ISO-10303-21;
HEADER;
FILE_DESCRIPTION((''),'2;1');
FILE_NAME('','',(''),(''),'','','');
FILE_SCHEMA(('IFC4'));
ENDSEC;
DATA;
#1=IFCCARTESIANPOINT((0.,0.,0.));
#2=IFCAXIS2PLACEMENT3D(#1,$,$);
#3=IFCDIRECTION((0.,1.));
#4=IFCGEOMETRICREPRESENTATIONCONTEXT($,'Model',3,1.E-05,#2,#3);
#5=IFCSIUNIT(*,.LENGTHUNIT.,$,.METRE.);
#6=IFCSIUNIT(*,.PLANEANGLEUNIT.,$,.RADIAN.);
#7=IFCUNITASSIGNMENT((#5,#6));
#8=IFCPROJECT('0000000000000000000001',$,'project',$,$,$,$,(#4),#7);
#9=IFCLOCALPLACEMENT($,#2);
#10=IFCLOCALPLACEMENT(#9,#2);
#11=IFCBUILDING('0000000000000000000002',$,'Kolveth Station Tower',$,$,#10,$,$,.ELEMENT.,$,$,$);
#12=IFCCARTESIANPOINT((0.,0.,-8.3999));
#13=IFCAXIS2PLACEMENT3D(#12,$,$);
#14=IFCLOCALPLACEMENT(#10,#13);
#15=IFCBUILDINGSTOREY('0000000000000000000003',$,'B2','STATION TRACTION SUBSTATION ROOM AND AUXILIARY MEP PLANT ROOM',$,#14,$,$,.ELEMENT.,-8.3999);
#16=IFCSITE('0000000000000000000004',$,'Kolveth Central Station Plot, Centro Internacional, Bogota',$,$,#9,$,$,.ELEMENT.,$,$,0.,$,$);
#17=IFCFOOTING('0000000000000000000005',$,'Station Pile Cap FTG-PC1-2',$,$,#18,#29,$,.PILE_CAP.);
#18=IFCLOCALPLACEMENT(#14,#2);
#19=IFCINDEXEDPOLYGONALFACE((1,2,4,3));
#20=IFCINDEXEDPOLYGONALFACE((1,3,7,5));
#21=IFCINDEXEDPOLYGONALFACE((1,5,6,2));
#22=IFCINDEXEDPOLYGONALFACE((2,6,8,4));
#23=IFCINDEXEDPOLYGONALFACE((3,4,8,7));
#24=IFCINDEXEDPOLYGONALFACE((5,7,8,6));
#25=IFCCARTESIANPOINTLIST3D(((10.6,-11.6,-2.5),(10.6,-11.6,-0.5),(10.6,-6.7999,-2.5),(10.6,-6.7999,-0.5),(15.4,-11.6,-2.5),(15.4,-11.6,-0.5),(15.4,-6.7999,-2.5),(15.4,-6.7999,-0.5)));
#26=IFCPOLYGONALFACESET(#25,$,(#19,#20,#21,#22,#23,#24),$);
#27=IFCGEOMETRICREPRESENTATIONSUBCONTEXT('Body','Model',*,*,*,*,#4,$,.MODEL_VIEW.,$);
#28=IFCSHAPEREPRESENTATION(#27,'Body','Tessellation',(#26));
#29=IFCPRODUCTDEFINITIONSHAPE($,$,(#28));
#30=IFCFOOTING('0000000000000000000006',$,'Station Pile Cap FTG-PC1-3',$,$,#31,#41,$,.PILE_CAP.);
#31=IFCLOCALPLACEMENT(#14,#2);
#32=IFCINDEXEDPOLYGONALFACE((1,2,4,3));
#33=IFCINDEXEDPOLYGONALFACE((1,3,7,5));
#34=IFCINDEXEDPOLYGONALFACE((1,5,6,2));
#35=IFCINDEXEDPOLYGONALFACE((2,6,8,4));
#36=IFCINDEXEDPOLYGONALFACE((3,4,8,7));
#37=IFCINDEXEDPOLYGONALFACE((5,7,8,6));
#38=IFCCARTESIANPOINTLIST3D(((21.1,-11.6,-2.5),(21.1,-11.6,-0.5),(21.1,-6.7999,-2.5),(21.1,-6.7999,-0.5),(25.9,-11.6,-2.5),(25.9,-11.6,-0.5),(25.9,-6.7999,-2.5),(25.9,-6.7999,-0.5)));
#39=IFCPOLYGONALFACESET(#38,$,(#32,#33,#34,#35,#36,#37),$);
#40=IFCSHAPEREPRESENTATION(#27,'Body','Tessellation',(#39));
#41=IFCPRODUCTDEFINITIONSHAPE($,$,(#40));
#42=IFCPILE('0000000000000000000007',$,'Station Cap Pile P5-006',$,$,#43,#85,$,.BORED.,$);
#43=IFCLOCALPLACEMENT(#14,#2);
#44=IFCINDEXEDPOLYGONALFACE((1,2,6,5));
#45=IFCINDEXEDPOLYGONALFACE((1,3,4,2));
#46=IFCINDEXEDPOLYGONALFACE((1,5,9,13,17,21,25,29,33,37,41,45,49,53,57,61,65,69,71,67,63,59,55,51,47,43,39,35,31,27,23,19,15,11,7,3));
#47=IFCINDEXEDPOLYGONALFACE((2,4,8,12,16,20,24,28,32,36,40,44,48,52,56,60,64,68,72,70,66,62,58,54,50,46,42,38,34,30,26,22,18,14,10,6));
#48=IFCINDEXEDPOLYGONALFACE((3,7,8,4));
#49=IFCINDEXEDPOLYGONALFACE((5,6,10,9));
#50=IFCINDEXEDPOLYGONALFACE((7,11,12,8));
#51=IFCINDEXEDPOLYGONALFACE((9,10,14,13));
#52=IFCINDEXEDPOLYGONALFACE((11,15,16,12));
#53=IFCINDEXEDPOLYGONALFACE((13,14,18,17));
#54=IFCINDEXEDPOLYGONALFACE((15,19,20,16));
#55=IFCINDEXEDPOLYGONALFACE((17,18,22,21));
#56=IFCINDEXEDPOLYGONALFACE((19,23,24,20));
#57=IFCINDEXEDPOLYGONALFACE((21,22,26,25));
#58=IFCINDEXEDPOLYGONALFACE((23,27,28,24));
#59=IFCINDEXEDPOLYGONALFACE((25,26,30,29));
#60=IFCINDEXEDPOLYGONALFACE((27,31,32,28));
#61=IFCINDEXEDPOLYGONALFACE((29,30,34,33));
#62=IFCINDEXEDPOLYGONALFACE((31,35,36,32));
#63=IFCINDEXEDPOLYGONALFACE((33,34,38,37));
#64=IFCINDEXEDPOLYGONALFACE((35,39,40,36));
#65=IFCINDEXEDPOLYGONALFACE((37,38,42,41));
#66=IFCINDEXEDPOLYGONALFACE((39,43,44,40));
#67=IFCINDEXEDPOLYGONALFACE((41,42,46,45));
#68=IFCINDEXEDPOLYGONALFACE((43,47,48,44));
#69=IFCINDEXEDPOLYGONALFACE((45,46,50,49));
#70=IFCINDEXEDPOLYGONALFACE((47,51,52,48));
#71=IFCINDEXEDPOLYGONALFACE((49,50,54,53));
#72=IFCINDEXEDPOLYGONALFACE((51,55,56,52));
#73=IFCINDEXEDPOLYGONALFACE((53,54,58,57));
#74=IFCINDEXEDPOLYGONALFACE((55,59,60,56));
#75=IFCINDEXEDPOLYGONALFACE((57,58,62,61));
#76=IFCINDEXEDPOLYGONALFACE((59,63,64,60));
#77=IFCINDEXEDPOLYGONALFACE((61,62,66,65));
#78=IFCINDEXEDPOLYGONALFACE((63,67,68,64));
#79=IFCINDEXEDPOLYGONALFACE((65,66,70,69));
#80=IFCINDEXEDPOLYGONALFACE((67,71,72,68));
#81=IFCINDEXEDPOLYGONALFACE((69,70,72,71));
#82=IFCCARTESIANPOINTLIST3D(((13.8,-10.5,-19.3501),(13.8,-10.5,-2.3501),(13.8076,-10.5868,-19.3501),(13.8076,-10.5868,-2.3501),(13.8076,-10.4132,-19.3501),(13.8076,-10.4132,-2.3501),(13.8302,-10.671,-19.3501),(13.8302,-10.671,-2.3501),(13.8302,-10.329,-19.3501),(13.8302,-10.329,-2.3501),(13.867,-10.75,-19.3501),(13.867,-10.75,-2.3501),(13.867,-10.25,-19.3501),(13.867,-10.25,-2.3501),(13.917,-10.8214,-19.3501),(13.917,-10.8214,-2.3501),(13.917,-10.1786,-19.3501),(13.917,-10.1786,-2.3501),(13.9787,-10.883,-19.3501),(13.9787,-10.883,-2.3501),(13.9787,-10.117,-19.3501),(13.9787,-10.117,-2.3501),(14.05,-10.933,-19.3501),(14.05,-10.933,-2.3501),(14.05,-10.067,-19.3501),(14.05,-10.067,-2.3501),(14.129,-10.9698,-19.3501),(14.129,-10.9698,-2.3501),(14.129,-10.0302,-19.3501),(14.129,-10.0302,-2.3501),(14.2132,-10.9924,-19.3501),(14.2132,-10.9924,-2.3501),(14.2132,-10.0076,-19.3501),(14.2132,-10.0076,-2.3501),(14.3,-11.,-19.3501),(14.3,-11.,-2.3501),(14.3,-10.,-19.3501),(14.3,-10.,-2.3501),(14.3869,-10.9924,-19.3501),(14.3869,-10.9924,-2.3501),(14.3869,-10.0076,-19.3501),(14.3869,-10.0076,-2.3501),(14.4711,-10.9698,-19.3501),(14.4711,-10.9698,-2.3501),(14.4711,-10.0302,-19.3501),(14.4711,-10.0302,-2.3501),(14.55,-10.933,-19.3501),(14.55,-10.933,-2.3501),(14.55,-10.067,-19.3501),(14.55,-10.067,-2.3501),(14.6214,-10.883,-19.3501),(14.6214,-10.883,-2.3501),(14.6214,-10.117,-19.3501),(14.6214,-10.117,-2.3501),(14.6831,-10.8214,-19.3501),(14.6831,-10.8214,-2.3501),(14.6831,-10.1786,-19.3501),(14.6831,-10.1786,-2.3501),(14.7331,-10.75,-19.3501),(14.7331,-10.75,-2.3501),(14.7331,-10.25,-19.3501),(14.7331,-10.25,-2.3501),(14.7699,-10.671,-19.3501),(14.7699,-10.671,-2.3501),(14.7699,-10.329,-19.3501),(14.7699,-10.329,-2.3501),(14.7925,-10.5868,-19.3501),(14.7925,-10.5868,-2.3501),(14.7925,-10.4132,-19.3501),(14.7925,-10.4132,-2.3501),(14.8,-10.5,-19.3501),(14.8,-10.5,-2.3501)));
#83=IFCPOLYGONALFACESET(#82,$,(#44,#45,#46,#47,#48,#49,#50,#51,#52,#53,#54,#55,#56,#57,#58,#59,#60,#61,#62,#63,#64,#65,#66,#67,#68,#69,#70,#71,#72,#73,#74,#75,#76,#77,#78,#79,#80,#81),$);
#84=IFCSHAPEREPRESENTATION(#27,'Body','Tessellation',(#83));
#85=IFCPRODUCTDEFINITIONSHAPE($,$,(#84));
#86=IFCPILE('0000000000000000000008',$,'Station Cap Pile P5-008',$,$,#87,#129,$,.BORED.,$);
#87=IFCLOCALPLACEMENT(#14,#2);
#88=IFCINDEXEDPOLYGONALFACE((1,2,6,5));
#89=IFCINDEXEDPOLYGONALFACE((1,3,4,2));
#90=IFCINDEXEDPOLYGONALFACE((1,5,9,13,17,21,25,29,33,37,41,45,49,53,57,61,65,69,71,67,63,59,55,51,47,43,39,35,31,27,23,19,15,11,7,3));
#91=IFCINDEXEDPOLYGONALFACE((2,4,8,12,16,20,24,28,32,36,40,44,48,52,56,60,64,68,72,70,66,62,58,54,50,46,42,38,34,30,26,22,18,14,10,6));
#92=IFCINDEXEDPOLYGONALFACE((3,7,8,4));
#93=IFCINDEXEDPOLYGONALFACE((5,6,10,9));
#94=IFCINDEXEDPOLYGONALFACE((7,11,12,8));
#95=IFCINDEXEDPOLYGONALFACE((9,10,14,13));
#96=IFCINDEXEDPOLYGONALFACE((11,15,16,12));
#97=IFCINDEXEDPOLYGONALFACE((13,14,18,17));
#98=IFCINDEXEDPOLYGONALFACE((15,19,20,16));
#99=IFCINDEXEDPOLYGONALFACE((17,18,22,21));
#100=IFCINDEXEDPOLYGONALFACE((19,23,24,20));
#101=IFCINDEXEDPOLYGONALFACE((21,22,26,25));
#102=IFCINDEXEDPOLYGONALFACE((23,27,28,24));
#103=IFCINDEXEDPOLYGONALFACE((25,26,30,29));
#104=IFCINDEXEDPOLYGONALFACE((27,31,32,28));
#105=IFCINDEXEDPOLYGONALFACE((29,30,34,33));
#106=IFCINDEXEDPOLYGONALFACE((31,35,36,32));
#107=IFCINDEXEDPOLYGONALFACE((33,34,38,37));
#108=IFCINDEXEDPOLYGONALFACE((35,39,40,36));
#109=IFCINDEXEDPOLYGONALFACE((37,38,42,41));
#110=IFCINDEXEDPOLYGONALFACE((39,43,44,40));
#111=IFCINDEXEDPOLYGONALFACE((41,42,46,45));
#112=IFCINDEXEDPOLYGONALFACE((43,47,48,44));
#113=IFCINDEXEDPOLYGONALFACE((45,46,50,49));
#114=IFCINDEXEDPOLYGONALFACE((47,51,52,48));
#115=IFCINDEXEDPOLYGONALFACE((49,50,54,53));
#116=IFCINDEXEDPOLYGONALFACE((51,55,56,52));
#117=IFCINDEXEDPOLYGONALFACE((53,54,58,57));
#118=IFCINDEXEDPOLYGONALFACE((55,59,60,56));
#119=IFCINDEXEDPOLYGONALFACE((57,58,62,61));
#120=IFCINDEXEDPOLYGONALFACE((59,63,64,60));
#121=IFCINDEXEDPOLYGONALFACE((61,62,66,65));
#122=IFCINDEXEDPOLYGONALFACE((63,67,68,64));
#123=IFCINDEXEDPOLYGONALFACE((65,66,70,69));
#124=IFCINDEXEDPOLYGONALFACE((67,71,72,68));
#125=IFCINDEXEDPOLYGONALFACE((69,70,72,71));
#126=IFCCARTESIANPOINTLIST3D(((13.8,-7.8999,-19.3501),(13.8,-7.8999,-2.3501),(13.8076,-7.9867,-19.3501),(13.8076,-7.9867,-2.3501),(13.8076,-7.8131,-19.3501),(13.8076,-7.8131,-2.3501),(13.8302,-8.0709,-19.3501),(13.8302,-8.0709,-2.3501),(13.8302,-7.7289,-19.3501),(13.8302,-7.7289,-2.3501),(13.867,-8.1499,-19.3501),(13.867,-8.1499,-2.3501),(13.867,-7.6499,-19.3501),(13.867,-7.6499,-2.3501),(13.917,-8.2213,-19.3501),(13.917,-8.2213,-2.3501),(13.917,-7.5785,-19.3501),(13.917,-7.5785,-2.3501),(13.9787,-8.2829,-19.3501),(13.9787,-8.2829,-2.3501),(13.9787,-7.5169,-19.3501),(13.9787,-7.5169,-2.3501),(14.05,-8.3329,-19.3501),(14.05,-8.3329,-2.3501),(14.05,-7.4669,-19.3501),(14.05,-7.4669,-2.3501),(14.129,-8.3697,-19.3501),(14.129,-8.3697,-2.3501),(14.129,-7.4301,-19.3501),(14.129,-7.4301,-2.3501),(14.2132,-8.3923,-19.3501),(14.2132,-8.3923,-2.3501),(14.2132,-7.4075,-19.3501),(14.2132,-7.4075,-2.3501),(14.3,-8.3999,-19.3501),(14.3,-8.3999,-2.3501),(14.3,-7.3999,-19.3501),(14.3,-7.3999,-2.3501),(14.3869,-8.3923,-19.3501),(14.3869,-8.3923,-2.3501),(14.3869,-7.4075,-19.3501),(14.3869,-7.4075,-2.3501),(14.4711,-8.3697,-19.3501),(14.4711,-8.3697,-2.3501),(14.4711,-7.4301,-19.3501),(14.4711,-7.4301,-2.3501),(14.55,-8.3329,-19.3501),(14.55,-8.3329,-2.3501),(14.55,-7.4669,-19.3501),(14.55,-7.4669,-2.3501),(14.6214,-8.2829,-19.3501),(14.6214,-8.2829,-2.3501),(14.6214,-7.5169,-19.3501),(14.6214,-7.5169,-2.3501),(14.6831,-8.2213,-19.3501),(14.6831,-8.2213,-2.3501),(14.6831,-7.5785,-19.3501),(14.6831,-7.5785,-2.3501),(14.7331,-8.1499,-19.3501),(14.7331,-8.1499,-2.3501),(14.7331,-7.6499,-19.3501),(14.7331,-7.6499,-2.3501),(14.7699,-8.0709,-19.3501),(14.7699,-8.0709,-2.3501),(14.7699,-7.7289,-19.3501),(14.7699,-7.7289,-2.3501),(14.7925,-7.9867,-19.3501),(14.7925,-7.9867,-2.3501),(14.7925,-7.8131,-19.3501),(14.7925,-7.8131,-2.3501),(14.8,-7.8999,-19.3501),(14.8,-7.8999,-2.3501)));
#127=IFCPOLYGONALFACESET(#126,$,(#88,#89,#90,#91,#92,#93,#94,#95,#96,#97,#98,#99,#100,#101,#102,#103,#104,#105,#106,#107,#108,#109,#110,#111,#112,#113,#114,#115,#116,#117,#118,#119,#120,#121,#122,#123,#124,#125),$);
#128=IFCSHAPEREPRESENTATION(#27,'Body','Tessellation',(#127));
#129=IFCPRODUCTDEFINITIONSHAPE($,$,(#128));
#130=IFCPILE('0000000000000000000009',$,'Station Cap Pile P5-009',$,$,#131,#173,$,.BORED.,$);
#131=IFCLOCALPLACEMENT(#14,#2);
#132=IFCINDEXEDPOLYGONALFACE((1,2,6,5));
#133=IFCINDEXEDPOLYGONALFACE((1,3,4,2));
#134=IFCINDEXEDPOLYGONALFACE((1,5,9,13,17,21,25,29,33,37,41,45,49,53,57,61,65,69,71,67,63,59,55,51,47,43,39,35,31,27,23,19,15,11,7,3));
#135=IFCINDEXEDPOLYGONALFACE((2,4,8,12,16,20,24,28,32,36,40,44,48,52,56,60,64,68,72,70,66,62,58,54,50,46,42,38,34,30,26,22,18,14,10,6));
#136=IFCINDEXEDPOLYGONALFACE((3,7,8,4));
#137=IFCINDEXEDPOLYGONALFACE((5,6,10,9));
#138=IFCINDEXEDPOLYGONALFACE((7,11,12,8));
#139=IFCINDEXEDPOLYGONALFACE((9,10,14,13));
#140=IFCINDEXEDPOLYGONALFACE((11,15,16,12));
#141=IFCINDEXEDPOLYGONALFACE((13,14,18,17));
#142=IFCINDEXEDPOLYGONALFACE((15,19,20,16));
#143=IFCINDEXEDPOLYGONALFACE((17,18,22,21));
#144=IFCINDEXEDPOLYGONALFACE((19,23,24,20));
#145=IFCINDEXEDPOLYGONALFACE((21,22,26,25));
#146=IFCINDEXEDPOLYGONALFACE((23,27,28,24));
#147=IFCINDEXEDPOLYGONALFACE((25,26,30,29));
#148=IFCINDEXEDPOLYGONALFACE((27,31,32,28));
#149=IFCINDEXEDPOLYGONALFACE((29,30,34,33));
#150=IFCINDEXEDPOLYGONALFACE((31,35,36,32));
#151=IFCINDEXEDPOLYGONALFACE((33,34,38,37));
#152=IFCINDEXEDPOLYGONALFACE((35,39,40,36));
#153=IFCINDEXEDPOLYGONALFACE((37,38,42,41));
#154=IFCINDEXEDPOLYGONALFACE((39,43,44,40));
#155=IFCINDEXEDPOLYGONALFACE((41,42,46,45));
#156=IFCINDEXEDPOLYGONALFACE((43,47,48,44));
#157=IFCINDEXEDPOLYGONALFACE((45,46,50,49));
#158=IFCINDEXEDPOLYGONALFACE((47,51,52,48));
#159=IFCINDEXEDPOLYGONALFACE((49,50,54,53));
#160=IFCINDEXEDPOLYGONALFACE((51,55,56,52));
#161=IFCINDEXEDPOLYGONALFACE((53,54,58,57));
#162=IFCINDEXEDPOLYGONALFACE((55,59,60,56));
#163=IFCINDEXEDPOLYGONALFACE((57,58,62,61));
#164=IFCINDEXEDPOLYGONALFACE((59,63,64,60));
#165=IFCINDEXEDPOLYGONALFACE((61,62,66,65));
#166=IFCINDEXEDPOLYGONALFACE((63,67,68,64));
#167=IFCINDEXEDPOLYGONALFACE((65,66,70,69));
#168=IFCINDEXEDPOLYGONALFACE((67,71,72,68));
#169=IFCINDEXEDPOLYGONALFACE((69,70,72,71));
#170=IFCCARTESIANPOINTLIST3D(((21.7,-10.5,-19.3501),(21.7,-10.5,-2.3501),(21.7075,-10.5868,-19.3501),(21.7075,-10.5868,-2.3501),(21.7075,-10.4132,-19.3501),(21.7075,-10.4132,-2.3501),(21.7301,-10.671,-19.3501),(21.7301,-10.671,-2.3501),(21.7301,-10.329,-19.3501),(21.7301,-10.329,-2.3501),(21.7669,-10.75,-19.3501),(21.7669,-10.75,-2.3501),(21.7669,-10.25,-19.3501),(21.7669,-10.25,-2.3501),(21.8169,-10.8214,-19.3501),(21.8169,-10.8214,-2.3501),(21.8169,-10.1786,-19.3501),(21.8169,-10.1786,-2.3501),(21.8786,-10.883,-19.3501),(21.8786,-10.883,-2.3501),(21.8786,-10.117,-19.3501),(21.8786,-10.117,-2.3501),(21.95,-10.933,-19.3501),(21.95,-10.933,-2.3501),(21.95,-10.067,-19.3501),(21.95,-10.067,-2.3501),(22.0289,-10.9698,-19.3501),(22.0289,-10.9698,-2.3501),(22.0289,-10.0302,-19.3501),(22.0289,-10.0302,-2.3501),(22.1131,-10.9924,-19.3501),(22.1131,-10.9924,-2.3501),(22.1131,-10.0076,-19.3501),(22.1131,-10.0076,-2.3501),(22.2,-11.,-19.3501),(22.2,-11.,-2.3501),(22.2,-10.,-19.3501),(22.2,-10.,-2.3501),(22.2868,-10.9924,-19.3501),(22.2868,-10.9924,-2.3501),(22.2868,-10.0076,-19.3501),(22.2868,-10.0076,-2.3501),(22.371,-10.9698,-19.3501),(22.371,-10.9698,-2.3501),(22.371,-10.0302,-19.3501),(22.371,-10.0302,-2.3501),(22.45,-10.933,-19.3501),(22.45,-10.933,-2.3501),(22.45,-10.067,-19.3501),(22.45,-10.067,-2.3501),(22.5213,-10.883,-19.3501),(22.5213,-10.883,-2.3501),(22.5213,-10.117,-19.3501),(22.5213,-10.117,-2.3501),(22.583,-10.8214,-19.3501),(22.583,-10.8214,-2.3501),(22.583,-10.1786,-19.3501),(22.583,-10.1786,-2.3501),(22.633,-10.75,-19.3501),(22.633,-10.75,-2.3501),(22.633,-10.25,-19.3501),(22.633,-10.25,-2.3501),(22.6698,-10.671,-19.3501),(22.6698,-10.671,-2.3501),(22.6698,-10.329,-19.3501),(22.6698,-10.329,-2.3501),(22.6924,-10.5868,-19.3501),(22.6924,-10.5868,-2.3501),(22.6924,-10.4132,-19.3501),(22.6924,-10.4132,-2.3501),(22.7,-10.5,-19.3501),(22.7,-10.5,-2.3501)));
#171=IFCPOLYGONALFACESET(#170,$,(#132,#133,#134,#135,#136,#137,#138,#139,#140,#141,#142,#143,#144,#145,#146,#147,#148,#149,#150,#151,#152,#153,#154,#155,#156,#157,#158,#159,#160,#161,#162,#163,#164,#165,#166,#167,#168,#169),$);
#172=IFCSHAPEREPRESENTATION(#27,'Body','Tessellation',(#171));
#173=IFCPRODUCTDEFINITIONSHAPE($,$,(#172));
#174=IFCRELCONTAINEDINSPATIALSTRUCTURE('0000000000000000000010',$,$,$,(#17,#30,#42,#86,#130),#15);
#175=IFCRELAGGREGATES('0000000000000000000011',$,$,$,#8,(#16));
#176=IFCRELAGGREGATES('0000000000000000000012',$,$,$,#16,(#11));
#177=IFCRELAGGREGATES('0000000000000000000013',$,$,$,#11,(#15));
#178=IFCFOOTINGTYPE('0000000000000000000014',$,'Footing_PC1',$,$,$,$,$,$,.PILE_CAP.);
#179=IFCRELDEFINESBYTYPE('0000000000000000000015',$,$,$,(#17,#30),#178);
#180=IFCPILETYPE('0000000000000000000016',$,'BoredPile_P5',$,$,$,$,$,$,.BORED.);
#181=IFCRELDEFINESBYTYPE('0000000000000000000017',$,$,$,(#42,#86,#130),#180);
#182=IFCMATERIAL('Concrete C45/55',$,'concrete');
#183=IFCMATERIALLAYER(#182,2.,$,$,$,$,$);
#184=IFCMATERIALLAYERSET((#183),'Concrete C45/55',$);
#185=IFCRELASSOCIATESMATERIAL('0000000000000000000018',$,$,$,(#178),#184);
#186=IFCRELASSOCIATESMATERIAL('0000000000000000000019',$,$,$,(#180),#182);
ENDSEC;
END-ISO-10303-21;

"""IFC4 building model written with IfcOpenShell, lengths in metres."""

from ifc_helpers import new_model, si_unit, direction, frame, origin, origin_2d, place, context, subcontext, project, spatial, rectangle, circle, extrude, source, transform, mapped, material, layer, layer_set, material_profile, profile_set, type_object, element, save


model = new_model("IFC4")

# Units and contexts
model_context = context("Model", 3, precision=1e-05, world=origin(), true_north=direction((0.0, 1.0)))
body_context = subcontext(model_context, "Body", "Model", "MODEL_VIEW")
ifc_project = project(units=[si_unit("LENGTHUNIT", "METRE"), si_unit("PLANEANGLEUNIT", "RADIAN")], contexts=[model_context])

# Site, building, storey
site_placement = place(None, origin())
site = spatial("IfcSite", under=ifc_project, at=site_placement, Name="Kolveth Central Station Plot, Centro Internacional, Bogota", CompositionType="ELEMENT", RefElevation=0.0)
building_placement = place(site_placement, origin())
building = spatial("IfcBuilding", under=site, at=building_placement, Name="Kolveth Station Tower", CompositionType="ELEMENT")
storey_placement = place(building_placement, frame((0.0, 0.0, -8.3999)))
storey = spatial("IfcBuildingStorey", under=building, at=storey_placement, Name="B2", Description="STATION TRACTION SUBSTATION ROOM AND AUXILIARY MEP PLANT ROOM", CompositionType="ELEMENT", Elevation=-8.3999)

# Footings
ifc_material_1 = material(Name="Concrete C45/55", Category="concrete")
ifc_layer_1 = layer(ifc_material_1, 2.0)
ifc_layer_set_1 = layer_set([ifc_layer_1], Name="Concrete C45/55")
footing_type_1 = type_object("IfcFootingType", Name="Footing_PC1", PredefinedType="PILE_CAP", material=ifc_layer_set_1)
shared_shape_1 = source(origin(), body_context, "Body", "SweptSolid", [
    extrude(rectangle(XDim=4.8, YDim=4.8, at=origin_2d()), origin(), (0.0, 0.0, 1.0), 2.0),
])
for number, where, z_axis, x_axis, name in (
    (1, (13.0, -9.2, -2.5), (0.0, 0.0, 1.0), (1.0, 0.0, 0.0), "Station Pile Cap FTG-PC1-2"),
    (2, (23.5, -9.2, -2.5), (0.0, 0.0, 1.0), (1.0, 0.0, 0.0), "Station Pile Cap FTG-PC1-3"),
):
    element("IfcFooting", number, at=place(storey_placement, frame(where, z_axis=z_axis, x_axis=x_axis)), inside=storey, type_object=footing_type_1, Name=name, PredefinedType="PILE_CAP", context=body_context, shape_type="MappedRepresentation", body=[
        mapped(shared_shape_1, transform((0.0, 0.0, 0.0), x_axis=(1.0, 0.0, 0.0), y_axis=(0.0, 1.0, 0.0), z_axis=(0.0, 0.0, 1.0), scale=1.0)),
    ])

# Piles
ifc_material_profile_1 = material_profile(ifc_material_1, circle(Radius=0.5, at=origin_2d()), Name="PILE-D1000")
ifc_profile_set_1 = profile_set([ifc_material_profile_1], Name="Concrete C45/55")
pile_type_1 = type_object("IfcPileType", Name="BoredPile_P5", PredefinedType="BORED", material=ifc_profile_set_1)
shared_shape_2 = source(origin(), body_context, "Body", "SweptSolid", [
    extrude(circle(Radius=0.5, at=origin_2d()), origin(), (0.0, 0.0, 1.0), 17.0),
])
for number, where, z_axis, x_axis, name in (
    (3, (14.3, -10.5, -2.3501), (0.0, 0.0, -1.0), (1.0, 0.0, 0.0), "Station Cap Pile P5-006"),
    (4, (14.3, -7.8999, -2.3501), (0.0, 0.0, -1.0), (1.0, 0.0, 0.0), "Station Cap Pile P5-008"),
    (5, (22.2, -10.5, -2.3501), (0.0, 0.0, -1.0), (1.0, 0.0, 0.0), "Station Cap Pile P5-009"),
):
    element("IfcPile", number, at=place(storey_placement, frame(where, z_axis=z_axis, x_axis=x_axis)), inside=storey, type_object=pile_type_1, Name=name, PredefinedType="BORED", context=body_context, shape_type="MappedRepresentation", body=[
        mapped(shared_shape_2, transform((0.0, 0.0, 0.0), x_axis=(1.0, 0.0, 0.0), y_axis=(0.0, 1.0, 0.0), z_axis=(0.0, 0.0, 1.0), scale=1.0)),
    ])

save(model, "model.ifc")
